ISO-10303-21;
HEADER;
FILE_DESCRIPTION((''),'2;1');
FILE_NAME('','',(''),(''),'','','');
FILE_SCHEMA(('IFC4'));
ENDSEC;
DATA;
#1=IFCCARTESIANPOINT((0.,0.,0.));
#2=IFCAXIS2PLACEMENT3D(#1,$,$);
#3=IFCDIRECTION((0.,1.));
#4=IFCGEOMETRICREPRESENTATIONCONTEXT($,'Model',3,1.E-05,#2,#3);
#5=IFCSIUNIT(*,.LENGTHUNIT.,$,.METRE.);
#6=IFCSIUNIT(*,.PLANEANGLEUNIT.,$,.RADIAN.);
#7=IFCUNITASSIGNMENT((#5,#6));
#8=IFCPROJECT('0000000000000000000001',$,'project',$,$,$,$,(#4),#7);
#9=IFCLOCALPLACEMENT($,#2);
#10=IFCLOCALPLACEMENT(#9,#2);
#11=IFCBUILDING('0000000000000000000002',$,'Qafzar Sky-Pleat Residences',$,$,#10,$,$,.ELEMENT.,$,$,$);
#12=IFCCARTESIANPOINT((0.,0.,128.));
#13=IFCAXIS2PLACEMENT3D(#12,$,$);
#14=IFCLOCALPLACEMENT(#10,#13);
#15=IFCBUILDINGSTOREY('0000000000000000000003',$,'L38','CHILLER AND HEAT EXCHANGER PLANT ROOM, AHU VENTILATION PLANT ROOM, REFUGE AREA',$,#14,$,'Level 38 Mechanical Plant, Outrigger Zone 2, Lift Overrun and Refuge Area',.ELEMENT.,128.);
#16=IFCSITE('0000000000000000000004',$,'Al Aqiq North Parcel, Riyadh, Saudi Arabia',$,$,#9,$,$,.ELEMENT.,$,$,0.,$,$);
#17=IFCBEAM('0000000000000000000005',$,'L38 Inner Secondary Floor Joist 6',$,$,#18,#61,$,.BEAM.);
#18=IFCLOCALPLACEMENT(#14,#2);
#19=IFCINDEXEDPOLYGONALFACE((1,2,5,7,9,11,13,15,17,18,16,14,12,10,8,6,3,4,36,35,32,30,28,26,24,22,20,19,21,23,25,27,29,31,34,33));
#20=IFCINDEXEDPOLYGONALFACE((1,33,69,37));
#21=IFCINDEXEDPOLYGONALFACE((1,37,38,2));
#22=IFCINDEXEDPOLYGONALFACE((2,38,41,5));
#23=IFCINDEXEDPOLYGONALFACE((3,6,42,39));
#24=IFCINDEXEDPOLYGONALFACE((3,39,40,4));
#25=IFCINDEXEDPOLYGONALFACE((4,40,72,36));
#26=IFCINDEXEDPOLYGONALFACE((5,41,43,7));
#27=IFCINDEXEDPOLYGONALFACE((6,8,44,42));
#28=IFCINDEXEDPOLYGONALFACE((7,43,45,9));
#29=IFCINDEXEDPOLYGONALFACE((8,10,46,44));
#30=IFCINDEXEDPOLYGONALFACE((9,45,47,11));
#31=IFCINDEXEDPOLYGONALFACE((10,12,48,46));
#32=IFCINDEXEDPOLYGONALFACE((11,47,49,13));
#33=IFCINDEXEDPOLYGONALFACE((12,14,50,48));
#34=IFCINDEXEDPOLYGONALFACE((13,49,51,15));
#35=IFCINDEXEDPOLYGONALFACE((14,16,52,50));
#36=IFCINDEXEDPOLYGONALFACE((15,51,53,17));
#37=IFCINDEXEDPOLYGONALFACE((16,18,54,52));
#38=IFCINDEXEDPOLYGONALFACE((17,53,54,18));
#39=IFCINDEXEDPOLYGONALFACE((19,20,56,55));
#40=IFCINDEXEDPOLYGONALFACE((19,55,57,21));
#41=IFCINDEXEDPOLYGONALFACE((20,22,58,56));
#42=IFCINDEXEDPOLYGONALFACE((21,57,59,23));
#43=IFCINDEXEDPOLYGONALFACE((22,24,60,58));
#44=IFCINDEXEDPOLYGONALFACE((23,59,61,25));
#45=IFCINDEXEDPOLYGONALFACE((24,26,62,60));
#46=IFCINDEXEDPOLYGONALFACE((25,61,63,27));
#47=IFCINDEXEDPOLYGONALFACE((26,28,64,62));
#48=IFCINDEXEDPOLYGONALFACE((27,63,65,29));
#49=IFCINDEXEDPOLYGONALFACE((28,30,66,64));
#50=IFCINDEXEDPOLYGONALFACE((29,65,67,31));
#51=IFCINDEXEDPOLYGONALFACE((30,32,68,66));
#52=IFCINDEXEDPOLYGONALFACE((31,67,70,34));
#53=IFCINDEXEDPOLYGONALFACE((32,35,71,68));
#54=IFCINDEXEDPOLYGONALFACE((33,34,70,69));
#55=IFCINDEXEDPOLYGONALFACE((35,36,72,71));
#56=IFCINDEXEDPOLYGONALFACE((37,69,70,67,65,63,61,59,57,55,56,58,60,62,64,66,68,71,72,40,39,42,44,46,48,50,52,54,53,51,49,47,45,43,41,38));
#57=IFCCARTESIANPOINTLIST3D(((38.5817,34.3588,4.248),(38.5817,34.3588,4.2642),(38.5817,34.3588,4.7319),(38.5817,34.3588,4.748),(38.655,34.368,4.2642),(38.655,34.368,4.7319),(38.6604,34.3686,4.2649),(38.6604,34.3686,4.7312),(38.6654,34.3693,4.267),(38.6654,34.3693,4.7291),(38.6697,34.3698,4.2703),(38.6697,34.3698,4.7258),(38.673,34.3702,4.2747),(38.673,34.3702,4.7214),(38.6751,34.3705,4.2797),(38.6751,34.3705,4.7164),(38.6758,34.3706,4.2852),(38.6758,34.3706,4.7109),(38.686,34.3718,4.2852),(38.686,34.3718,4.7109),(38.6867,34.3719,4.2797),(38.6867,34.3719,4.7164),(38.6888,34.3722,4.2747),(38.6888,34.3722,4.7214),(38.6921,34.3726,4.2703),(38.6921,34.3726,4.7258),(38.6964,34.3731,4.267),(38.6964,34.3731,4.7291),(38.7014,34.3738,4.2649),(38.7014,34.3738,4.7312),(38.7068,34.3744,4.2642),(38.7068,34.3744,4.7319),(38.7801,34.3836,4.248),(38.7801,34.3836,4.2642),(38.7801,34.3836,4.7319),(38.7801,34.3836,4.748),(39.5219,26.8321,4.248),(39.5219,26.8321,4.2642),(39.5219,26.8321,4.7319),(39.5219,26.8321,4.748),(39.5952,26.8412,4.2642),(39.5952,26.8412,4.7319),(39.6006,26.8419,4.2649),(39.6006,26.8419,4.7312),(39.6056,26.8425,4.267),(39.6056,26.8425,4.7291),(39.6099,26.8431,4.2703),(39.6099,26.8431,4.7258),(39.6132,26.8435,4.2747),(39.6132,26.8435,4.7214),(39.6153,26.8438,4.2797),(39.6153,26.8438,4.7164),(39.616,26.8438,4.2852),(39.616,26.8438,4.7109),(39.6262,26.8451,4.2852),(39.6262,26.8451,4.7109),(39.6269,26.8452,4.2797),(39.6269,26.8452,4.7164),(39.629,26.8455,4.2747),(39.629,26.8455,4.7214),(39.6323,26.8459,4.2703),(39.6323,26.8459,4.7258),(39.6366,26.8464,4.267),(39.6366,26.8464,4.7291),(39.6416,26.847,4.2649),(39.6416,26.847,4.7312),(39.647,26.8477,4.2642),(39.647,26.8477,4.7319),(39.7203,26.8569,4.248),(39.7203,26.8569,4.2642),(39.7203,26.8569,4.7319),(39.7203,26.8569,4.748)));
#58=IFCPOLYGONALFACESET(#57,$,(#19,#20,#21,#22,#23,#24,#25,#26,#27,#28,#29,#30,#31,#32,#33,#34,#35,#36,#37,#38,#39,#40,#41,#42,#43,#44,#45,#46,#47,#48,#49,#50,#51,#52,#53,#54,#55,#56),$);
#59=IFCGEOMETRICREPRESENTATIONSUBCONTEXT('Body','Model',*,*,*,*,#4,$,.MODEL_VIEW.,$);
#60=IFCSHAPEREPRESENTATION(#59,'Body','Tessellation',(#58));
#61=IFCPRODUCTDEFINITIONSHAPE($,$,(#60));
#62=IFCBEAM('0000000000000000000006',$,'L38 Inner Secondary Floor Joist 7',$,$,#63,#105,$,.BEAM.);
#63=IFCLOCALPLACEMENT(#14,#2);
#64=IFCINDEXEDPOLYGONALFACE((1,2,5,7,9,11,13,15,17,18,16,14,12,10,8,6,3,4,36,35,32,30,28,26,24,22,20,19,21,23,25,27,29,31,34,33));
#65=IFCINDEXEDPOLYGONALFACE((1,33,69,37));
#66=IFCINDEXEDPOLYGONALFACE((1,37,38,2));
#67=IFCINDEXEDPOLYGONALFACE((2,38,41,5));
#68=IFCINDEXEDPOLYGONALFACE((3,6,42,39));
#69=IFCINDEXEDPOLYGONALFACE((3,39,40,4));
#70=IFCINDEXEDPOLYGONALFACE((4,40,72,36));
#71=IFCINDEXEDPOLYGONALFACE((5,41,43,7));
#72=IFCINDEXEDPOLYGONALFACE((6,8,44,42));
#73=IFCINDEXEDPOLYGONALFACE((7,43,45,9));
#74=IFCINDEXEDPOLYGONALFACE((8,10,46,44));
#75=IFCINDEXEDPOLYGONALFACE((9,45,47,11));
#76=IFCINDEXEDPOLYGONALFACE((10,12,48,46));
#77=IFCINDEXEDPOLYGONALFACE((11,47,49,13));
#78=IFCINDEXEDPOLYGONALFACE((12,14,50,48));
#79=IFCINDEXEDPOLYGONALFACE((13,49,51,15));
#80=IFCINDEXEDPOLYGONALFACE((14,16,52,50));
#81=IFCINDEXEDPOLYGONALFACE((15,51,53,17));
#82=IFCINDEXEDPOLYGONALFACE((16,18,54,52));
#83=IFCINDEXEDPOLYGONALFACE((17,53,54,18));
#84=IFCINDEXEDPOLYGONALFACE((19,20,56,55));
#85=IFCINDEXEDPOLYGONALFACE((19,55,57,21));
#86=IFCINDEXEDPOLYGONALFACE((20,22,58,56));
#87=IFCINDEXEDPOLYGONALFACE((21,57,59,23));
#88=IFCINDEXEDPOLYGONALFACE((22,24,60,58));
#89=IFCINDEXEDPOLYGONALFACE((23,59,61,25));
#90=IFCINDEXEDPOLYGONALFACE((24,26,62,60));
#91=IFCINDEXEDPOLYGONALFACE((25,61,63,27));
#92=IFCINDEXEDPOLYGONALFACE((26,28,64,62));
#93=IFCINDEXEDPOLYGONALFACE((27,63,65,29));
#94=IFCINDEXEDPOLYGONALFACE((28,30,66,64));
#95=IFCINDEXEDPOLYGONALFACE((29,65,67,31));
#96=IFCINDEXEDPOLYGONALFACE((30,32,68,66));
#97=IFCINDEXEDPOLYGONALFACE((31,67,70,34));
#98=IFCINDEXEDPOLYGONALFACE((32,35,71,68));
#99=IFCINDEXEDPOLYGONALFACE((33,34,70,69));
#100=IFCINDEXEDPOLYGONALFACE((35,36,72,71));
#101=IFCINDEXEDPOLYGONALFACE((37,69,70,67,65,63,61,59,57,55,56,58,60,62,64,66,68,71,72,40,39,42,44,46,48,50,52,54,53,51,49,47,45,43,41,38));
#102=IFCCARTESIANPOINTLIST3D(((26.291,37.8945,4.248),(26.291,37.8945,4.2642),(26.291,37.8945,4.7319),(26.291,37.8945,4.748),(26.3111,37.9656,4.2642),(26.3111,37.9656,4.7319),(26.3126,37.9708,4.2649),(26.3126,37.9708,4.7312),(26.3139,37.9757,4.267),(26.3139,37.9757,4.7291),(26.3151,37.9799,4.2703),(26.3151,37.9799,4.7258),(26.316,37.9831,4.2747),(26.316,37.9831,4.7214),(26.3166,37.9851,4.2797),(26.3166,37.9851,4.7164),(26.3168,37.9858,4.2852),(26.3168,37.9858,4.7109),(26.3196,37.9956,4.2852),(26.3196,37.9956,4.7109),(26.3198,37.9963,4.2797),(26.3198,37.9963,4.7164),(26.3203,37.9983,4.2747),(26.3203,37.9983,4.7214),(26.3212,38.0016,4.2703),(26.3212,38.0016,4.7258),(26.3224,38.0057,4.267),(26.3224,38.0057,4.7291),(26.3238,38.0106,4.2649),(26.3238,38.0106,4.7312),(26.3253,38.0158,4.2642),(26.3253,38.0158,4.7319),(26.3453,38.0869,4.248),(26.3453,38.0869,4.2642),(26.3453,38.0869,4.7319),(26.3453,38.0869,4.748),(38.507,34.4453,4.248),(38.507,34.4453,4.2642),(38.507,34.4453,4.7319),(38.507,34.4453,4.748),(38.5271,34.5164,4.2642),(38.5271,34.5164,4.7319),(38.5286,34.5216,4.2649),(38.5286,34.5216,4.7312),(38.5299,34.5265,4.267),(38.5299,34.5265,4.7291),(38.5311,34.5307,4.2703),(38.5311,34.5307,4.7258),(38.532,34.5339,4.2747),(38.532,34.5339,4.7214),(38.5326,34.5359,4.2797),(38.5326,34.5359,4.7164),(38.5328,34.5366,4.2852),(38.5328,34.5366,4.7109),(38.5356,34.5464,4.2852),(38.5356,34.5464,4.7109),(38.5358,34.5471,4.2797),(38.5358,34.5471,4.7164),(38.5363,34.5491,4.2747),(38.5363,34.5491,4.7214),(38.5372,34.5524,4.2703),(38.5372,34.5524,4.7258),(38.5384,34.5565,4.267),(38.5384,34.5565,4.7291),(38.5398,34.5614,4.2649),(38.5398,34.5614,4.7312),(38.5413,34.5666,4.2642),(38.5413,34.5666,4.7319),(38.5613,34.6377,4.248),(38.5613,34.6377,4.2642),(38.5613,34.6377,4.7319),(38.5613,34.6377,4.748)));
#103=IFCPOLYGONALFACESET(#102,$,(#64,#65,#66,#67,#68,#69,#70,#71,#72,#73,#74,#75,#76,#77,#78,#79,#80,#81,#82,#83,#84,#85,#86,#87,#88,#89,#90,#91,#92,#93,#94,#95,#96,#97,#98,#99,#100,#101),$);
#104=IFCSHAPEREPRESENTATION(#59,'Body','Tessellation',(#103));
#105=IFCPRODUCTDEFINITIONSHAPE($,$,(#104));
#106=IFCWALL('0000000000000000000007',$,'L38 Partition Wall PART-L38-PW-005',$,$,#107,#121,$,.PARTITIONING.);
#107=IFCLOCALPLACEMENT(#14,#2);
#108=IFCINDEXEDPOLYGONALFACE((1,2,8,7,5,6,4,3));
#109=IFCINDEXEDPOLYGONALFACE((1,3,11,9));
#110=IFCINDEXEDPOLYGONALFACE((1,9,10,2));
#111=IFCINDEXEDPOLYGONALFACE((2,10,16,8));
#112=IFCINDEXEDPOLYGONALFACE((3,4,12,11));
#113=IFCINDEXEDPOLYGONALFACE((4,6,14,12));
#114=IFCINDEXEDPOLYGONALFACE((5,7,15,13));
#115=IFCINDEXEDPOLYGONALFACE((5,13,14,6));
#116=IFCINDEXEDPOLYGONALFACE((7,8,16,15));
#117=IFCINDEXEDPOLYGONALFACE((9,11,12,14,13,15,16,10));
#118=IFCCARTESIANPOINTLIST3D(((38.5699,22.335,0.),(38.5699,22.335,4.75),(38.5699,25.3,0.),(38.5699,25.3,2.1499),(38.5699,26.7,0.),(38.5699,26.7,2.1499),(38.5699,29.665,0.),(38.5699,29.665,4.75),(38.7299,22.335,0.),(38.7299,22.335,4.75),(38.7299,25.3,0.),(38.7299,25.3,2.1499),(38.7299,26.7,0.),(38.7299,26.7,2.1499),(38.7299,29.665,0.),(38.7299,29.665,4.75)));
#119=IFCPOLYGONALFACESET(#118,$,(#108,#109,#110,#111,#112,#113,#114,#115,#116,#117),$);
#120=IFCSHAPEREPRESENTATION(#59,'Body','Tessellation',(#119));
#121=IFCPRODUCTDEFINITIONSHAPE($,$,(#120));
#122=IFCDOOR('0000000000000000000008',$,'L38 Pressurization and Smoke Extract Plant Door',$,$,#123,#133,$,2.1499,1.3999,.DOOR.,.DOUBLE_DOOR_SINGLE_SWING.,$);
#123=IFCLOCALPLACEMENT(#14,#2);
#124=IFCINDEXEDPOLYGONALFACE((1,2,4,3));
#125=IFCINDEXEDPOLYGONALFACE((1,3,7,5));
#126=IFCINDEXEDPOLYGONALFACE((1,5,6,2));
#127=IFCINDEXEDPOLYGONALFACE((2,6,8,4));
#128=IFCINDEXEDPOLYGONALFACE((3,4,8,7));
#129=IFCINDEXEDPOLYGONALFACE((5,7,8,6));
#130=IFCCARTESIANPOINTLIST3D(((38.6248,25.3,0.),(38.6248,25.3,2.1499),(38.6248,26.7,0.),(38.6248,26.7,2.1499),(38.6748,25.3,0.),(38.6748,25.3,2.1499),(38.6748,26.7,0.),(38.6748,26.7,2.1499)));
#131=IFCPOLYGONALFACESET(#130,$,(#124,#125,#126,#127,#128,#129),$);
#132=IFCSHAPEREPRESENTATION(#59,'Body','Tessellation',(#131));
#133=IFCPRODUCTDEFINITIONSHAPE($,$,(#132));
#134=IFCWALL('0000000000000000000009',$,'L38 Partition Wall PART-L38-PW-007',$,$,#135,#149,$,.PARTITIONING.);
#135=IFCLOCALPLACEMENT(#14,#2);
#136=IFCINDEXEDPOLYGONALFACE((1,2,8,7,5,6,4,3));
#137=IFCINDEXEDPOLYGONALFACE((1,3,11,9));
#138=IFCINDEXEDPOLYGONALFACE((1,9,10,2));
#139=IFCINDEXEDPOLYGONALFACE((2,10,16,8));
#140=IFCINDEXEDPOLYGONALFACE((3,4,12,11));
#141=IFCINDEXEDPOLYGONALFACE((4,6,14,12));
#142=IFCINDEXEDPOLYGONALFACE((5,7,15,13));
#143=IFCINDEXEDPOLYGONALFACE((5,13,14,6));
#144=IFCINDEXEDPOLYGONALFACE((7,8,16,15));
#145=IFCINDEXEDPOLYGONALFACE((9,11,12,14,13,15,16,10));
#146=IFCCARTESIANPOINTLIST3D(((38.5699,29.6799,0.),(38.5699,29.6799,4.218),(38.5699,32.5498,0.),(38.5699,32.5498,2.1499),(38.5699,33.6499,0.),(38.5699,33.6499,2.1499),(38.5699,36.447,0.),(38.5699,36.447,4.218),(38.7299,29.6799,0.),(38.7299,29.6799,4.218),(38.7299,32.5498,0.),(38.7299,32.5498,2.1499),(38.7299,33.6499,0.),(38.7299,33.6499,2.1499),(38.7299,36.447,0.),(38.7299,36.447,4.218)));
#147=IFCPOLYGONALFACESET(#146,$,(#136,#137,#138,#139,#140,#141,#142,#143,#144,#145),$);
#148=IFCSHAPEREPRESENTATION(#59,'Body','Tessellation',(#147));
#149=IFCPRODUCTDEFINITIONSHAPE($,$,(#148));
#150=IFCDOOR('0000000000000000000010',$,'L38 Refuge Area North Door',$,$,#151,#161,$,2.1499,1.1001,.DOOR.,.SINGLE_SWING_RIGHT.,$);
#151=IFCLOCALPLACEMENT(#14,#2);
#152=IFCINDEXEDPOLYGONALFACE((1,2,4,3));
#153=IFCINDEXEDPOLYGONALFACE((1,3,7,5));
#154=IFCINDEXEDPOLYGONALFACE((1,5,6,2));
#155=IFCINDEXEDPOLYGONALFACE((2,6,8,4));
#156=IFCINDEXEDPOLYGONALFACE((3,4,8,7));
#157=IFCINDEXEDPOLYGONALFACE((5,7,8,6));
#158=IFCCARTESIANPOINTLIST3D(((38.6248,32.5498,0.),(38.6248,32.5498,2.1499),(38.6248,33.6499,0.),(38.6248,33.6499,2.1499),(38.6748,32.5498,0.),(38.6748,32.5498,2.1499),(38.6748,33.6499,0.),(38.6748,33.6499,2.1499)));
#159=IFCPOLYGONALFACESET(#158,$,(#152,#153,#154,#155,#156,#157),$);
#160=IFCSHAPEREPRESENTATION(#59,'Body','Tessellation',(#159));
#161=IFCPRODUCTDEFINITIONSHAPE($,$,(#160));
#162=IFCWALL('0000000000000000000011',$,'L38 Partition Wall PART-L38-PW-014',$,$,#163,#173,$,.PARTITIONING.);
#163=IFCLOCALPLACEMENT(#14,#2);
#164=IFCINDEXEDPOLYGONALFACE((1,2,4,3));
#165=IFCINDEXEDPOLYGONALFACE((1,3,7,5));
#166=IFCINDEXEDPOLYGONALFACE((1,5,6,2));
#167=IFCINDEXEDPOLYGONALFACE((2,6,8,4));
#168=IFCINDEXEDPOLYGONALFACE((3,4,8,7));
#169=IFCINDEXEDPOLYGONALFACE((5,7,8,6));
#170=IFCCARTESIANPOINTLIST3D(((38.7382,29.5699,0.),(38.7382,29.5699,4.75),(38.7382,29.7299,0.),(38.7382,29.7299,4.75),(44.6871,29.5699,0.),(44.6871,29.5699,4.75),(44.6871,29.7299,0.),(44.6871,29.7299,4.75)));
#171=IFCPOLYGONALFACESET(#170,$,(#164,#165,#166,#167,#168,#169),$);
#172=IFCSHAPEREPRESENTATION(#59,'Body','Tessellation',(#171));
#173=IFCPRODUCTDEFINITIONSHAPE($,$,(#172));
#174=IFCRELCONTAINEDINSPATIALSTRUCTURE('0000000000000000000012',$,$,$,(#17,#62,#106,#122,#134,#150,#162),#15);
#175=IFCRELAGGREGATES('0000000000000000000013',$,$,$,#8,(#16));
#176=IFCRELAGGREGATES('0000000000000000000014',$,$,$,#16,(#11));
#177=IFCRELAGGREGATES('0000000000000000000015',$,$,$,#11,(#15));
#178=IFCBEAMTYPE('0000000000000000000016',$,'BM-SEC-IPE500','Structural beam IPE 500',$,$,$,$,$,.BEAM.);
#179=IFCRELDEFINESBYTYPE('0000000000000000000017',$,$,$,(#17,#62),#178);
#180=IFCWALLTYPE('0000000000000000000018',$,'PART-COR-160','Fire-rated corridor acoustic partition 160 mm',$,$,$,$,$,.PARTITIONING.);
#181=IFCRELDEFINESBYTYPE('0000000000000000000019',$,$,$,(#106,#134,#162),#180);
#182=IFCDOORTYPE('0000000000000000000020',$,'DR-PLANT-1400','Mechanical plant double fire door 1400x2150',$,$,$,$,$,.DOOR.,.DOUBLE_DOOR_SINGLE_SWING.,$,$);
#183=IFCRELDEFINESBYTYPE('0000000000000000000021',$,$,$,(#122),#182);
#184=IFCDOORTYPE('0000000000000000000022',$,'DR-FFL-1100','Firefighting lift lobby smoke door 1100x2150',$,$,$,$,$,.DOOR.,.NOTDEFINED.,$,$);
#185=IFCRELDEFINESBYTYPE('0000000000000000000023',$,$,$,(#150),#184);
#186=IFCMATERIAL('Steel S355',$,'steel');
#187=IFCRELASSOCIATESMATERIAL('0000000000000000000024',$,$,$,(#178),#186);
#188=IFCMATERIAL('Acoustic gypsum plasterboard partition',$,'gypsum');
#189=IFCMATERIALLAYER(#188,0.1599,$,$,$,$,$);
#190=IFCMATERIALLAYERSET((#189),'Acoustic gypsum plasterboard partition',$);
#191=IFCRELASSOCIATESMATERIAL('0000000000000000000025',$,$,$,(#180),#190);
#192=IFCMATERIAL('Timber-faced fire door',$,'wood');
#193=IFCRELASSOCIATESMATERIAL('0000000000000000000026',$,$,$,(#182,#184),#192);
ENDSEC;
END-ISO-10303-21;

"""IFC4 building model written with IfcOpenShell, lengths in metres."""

from ifc_helpers import new_model, si_unit, direction, frame, frame_2d, origin, origin_2d, place, context, subcontext, project, spatial, rectangle, i_section, extrude, source, transform, mapped, material, layer, layer_set, material_profile, profile_set, type_object, element, fill, save


model = new_model("IFC4")

# Units and contexts
model_context = context("Model", 3, precision=1e-05, world=origin(), true_north=direction((0.0, 1.0)))
body_context = subcontext(model_context, "Body", "Model", "MODEL_VIEW")
ifc_project = project(units=[si_unit("LENGTHUNIT", "METRE"), si_unit("PLANEANGLEUNIT", "RADIAN")], contexts=[model_context])

# Site, building, storey
site_placement = place(None, origin())
site = spatial("IfcSite", under=ifc_project, at=site_placement, Name="Al Aqiq North Parcel, Riyadh, Saudi Arabia", CompositionType="ELEMENT", RefElevation=0.0)
building_placement = place(site_placement, origin())
building = spatial("IfcBuilding", under=site, at=building_placement, Name="Qafzar Sky-Pleat Residences", CompositionType="ELEMENT")
storey_placement = place(building_placement, frame((0.0, 0.0, 128.0)))
storey = spatial("IfcBuildingStorey", under=building, at=storey_placement, Name="L38", Description="CHILLER AND HEAT EXCHANGER PLANT ROOM, AHU VENTILATION PLANT ROOM, REFUGE AREA", LongName="Level 38 Mechanical Plant, Outrigger Zone 2, Lift Overrun and Refuge Area", CompositionType="ELEMENT", Elevation=128.0)

# Beams
ifc_material_1 = material(Name="Steel S355", Category="steel")
ifc_material_profile = material_profile(ifc_material_1, i_section(OverallWidth=0.2, OverallDepth=0.5, WebThickness=0.0103, FlangeThickness=0.0161, FilletRadius=0.021, at=origin_2d()), Name="IPE 500")
ifc_profile_set = profile_set([ifc_material_profile], Name="Steel S355")
beam_type = type_object("IfcBeamType", Name="BM-SEC-IPE500", Description="Structural beam IPE 500", PredefinedType="BEAM", material=ifc_profile_set)
shared_shape_1 = source(origin(), body_context, "Body", "SweptSolid", [
    extrude(i_section(OverallWidth=0.2, OverallDepth=0.5, WebThickness=0.0103, FlangeThickness=0.0161, FilletRadius=0.021, at=origin_2d()), origin(), (0.0, 0.0, 1.0), 7.5852),
])
beam_1_placement = place(storey_placement, frame((39.6211, 26.8445, 4.498), z_axis=(-0.123952, 0.992288, 0.0), x_axis=(-0.992288, -0.123952, 0.0)))
element("IfcBeam", 1, at=beam_1_placement, inside=storey, type_object=beam_type, Name="L38 Inner Secondary Floor Joist 6", PredefinedType="BEAM", context=body_context, shape_type="MappedRepresentation", body=[
    mapped(shared_shape_1, transform((0.0, 0.0, 0.0), x_axis=(1.0, 0.0, 0.0), y_axis=(0.0, 1.0, 0.0), z_axis=(0.0, 0.0, 1.0), scale=1.0)),
])
shared_shape_2 = source(origin(), body_context, "Body", "SweptSolid", [
    extrude(i_section(OverallWidth=0.2, OverallDepth=0.5, WebThickness=0.0103, FlangeThickness=0.0161, FilletRadius=0.021, at=origin_2d()), origin(), (0.0, 0.0, 1.0), 12.6936),
])
beam_2_placement = place(storey_placement, frame((38.5342, 34.5415, 4.498), z_axis=(-0.962374, 0.271727, 0.0), x_axis=(-0.271727, -0.962374, 0.0)))
element("IfcBeam", 2, at=beam_2_placement, inside=storey, type_object=beam_type, Name="L38 Inner Secondary Floor Joist 7", PredefinedType="BEAM", context=body_context, shape_type="MappedRepresentation", body=[
    mapped(shared_shape_2, transform((0.0, 0.0, 0.0), x_axis=(1.0, 0.0, 0.0), y_axis=(0.0, 1.0, 0.0), z_axis=(0.0, 0.0, 1.0), scale=1.0)),
])

# Walls, openings, doors
ifc_material_2 = material(Name="Acoustic gypsum plasterboard partition", Category="gypsum")
ifc_layer_1 = layer(ifc_material_2, 0.1599)
ifc_layer_set_1 = layer_set([ifc_layer_1], Name="Acoustic gypsum plasterboard partition")
wall_type_1 = type_object("IfcWallType", Name="PART-COR-160", Description="Fire-rated corridor acoustic partition 160 mm", PredefinedType="PARTITIONING", material=ifc_layer_set_1)
wall_1_placement = place(storey_placement, frame((38.6499, 29.665, 0.0), z_axis=(0.0, 0.0, 1.0), x_axis=(0.0, -1.0, 0.0)))
wall_1 = element("IfcWall", 3, at=wall_1_placement, inside=storey, type_object=wall_type_1, Name="L38 Partition Wall PART-L38-PW-005", PredefinedType="PARTITIONING", context=body_context, shape_type="SweptSolid", body=[
    extrude(rectangle(XDim=7.3301, YDim=0.1599, at=frame_2d((3.665, 0.0))), origin(), (0.0, 0.0, 1.0), 4.75),
])
opening_1_placement = place(wall_1_placement, frame((2.9651, 0.0, 0.0)))
opening_1 = element("IfcOpeningElement", 4, at=opening_1_placement, cuts=wall_1, PredefinedType="OPENING", context=body_context, shape_type="SweptSolid", body=[
    extrude(rectangle(XDim=1.3999, YDim=2.1499, at=frame_2d((0.7, 1.075))), frame((0.0, 0.0898, 0.0), z_axis=(0.0, -1.0, 0.0), x_axis=(1.0, 0.0, 0.0)), (0.0, 0.0, 1.0), 0.1799),
])
ifc_material_3 = material(Name="Timber-faced fire door", Category="wood")
door_type_1 = type_object("IfcDoorType", Name="DR-PLANT-1400", Description="Mechanical plant double fire door 1400x2150", OperationType="DOUBLE_DOOR_SINGLE_SWING", PredefinedType="DOOR", material=ifc_material_3)
shared_shape_3 = source(origin(), body_context, "Body", "SweptSolid", [
    extrude(rectangle(XDim=1.3999, YDim=2.1499, at=frame_2d((0.7, 1.075))), frame((0.0, 0.0249, 0.0), z_axis=(0.0, -1.0, 0.0), x_axis=(1.0, 0.0, 0.0)), (0.0, 0.0, 1.0), 0.05),
])
door_1_placement = place(opening_1_placement, origin())
door_1 = element("IfcDoor", 5, at=door_1_placement, inside=storey, type_object=door_type_1, Name="L38 Pressurization and Smoke Extract Plant Door", OperationType="DOUBLE_DOOR_SINGLE_SWING", OverallHeight=2.1499, OverallWidth=1.3999, PredefinedType="DOOR", context=body_context, shape_type="MappedRepresentation", body=[
    mapped(shared_shape_3, transform((0.0, 0.0, 0.0), x_axis=(1.0, 0.0, 0.0), y_axis=(0.0, 1.0, 0.0), z_axis=(0.0, 0.0, 1.0), scale=1.0)),
])
fill(opening_1, door_1)
wall_2_placement = place(storey_placement, frame((38.6499, 36.447, 0.0), z_axis=(0.0, 0.0, 1.0), x_axis=(0.0, -1.0, 0.0)))
wall_2 = element("IfcWall", 6, at=wall_2_placement, inside=storey, type_object=wall_type_1, Name="L38 Partition Wall PART-L38-PW-007", PredefinedType="PARTITIONING", context=body_context, shape_type="SweptSolid", body=[
    extrude(rectangle(XDim=6.7671, YDim=0.1599, at=frame_2d((3.3835, 0.0))), origin(), (0.0, 0.0, 1.0), 4.218),
])
opening_2_placement = place(wall_2_placement, frame((2.7971, 0.0, 0.0)))
opening_2 = element("IfcOpeningElement", 7, at=opening_2_placement, cuts=wall_2, PredefinedType="OPENING", context=body_context, shape_type="SweptSolid", body=[
    extrude(rectangle(XDim=1.1001, YDim=2.1499, at=frame_2d((0.55, 1.075))), frame((0.0, 0.0898, 0.0), z_axis=(0.0, -1.0, 0.0), x_axis=(1.0, 0.0, 0.0)), (0.0, 0.0, 1.0), 0.1799),
])
door_type_2 = type_object("IfcDoorType", Name="DR-FFL-1100", Description="Firefighting lift lobby smoke door 1100x2150", OperationType="NOTDEFINED", PredefinedType="DOOR", material=ifc_material_3)
shared_shape_4 = source(origin(), body_context, "Body", "SweptSolid", [
    extrude(rectangle(XDim=1.1001, YDim=2.1499, at=frame_2d((0.55, 1.075))), frame((0.0, 0.0249, 0.0), z_axis=(0.0, -1.0, 0.0), x_axis=(1.0, 0.0, 0.0)), (0.0, 0.0, 1.0), 0.05),
])
door_2_placement = place(opening_2_placement, origin())
door_2 = element("IfcDoor", 8, at=door_2_placement, inside=storey, type_object=door_type_2, Name="L38 Refuge Area North Door", OperationType="SINGLE_SWING_RIGHT", OverallHeight=2.1499, OverallWidth=1.1001, PredefinedType="DOOR", context=body_context, shape_type="MappedRepresentation", body=[
    mapped(shared_shape_4, transform((0.0, 0.0, 0.0), x_axis=(1.0, 0.0, 0.0), y_axis=(0.0, 1.0, 0.0), z_axis=(0.0, 0.0, 1.0), scale=1.0)),
])
fill(opening_2, door_2)

# Wall
wall_3_placement = place(storey_placement, frame((38.738, 29.6499, 0.0), z_axis=(0.0, 0.0, 1.0), x_axis=(1.0, 0.0, 0.0)))
element("IfcWall", 9, at=wall_3_placement, inside=storey, type_object=wall_type_1, Name="L38 Partition Wall PART-L38-PW-014", PredefinedType="PARTITIONING", context=body_context, shape_type="SweptSolid", body=[
    extrude(rectangle(XDim=5.949, YDim=0.1599, at=frame_2d((2.9746, 0.0))), origin(), (0.0, 0.0, 1.0), 4.75),
])

save(model, "model.ifc")
